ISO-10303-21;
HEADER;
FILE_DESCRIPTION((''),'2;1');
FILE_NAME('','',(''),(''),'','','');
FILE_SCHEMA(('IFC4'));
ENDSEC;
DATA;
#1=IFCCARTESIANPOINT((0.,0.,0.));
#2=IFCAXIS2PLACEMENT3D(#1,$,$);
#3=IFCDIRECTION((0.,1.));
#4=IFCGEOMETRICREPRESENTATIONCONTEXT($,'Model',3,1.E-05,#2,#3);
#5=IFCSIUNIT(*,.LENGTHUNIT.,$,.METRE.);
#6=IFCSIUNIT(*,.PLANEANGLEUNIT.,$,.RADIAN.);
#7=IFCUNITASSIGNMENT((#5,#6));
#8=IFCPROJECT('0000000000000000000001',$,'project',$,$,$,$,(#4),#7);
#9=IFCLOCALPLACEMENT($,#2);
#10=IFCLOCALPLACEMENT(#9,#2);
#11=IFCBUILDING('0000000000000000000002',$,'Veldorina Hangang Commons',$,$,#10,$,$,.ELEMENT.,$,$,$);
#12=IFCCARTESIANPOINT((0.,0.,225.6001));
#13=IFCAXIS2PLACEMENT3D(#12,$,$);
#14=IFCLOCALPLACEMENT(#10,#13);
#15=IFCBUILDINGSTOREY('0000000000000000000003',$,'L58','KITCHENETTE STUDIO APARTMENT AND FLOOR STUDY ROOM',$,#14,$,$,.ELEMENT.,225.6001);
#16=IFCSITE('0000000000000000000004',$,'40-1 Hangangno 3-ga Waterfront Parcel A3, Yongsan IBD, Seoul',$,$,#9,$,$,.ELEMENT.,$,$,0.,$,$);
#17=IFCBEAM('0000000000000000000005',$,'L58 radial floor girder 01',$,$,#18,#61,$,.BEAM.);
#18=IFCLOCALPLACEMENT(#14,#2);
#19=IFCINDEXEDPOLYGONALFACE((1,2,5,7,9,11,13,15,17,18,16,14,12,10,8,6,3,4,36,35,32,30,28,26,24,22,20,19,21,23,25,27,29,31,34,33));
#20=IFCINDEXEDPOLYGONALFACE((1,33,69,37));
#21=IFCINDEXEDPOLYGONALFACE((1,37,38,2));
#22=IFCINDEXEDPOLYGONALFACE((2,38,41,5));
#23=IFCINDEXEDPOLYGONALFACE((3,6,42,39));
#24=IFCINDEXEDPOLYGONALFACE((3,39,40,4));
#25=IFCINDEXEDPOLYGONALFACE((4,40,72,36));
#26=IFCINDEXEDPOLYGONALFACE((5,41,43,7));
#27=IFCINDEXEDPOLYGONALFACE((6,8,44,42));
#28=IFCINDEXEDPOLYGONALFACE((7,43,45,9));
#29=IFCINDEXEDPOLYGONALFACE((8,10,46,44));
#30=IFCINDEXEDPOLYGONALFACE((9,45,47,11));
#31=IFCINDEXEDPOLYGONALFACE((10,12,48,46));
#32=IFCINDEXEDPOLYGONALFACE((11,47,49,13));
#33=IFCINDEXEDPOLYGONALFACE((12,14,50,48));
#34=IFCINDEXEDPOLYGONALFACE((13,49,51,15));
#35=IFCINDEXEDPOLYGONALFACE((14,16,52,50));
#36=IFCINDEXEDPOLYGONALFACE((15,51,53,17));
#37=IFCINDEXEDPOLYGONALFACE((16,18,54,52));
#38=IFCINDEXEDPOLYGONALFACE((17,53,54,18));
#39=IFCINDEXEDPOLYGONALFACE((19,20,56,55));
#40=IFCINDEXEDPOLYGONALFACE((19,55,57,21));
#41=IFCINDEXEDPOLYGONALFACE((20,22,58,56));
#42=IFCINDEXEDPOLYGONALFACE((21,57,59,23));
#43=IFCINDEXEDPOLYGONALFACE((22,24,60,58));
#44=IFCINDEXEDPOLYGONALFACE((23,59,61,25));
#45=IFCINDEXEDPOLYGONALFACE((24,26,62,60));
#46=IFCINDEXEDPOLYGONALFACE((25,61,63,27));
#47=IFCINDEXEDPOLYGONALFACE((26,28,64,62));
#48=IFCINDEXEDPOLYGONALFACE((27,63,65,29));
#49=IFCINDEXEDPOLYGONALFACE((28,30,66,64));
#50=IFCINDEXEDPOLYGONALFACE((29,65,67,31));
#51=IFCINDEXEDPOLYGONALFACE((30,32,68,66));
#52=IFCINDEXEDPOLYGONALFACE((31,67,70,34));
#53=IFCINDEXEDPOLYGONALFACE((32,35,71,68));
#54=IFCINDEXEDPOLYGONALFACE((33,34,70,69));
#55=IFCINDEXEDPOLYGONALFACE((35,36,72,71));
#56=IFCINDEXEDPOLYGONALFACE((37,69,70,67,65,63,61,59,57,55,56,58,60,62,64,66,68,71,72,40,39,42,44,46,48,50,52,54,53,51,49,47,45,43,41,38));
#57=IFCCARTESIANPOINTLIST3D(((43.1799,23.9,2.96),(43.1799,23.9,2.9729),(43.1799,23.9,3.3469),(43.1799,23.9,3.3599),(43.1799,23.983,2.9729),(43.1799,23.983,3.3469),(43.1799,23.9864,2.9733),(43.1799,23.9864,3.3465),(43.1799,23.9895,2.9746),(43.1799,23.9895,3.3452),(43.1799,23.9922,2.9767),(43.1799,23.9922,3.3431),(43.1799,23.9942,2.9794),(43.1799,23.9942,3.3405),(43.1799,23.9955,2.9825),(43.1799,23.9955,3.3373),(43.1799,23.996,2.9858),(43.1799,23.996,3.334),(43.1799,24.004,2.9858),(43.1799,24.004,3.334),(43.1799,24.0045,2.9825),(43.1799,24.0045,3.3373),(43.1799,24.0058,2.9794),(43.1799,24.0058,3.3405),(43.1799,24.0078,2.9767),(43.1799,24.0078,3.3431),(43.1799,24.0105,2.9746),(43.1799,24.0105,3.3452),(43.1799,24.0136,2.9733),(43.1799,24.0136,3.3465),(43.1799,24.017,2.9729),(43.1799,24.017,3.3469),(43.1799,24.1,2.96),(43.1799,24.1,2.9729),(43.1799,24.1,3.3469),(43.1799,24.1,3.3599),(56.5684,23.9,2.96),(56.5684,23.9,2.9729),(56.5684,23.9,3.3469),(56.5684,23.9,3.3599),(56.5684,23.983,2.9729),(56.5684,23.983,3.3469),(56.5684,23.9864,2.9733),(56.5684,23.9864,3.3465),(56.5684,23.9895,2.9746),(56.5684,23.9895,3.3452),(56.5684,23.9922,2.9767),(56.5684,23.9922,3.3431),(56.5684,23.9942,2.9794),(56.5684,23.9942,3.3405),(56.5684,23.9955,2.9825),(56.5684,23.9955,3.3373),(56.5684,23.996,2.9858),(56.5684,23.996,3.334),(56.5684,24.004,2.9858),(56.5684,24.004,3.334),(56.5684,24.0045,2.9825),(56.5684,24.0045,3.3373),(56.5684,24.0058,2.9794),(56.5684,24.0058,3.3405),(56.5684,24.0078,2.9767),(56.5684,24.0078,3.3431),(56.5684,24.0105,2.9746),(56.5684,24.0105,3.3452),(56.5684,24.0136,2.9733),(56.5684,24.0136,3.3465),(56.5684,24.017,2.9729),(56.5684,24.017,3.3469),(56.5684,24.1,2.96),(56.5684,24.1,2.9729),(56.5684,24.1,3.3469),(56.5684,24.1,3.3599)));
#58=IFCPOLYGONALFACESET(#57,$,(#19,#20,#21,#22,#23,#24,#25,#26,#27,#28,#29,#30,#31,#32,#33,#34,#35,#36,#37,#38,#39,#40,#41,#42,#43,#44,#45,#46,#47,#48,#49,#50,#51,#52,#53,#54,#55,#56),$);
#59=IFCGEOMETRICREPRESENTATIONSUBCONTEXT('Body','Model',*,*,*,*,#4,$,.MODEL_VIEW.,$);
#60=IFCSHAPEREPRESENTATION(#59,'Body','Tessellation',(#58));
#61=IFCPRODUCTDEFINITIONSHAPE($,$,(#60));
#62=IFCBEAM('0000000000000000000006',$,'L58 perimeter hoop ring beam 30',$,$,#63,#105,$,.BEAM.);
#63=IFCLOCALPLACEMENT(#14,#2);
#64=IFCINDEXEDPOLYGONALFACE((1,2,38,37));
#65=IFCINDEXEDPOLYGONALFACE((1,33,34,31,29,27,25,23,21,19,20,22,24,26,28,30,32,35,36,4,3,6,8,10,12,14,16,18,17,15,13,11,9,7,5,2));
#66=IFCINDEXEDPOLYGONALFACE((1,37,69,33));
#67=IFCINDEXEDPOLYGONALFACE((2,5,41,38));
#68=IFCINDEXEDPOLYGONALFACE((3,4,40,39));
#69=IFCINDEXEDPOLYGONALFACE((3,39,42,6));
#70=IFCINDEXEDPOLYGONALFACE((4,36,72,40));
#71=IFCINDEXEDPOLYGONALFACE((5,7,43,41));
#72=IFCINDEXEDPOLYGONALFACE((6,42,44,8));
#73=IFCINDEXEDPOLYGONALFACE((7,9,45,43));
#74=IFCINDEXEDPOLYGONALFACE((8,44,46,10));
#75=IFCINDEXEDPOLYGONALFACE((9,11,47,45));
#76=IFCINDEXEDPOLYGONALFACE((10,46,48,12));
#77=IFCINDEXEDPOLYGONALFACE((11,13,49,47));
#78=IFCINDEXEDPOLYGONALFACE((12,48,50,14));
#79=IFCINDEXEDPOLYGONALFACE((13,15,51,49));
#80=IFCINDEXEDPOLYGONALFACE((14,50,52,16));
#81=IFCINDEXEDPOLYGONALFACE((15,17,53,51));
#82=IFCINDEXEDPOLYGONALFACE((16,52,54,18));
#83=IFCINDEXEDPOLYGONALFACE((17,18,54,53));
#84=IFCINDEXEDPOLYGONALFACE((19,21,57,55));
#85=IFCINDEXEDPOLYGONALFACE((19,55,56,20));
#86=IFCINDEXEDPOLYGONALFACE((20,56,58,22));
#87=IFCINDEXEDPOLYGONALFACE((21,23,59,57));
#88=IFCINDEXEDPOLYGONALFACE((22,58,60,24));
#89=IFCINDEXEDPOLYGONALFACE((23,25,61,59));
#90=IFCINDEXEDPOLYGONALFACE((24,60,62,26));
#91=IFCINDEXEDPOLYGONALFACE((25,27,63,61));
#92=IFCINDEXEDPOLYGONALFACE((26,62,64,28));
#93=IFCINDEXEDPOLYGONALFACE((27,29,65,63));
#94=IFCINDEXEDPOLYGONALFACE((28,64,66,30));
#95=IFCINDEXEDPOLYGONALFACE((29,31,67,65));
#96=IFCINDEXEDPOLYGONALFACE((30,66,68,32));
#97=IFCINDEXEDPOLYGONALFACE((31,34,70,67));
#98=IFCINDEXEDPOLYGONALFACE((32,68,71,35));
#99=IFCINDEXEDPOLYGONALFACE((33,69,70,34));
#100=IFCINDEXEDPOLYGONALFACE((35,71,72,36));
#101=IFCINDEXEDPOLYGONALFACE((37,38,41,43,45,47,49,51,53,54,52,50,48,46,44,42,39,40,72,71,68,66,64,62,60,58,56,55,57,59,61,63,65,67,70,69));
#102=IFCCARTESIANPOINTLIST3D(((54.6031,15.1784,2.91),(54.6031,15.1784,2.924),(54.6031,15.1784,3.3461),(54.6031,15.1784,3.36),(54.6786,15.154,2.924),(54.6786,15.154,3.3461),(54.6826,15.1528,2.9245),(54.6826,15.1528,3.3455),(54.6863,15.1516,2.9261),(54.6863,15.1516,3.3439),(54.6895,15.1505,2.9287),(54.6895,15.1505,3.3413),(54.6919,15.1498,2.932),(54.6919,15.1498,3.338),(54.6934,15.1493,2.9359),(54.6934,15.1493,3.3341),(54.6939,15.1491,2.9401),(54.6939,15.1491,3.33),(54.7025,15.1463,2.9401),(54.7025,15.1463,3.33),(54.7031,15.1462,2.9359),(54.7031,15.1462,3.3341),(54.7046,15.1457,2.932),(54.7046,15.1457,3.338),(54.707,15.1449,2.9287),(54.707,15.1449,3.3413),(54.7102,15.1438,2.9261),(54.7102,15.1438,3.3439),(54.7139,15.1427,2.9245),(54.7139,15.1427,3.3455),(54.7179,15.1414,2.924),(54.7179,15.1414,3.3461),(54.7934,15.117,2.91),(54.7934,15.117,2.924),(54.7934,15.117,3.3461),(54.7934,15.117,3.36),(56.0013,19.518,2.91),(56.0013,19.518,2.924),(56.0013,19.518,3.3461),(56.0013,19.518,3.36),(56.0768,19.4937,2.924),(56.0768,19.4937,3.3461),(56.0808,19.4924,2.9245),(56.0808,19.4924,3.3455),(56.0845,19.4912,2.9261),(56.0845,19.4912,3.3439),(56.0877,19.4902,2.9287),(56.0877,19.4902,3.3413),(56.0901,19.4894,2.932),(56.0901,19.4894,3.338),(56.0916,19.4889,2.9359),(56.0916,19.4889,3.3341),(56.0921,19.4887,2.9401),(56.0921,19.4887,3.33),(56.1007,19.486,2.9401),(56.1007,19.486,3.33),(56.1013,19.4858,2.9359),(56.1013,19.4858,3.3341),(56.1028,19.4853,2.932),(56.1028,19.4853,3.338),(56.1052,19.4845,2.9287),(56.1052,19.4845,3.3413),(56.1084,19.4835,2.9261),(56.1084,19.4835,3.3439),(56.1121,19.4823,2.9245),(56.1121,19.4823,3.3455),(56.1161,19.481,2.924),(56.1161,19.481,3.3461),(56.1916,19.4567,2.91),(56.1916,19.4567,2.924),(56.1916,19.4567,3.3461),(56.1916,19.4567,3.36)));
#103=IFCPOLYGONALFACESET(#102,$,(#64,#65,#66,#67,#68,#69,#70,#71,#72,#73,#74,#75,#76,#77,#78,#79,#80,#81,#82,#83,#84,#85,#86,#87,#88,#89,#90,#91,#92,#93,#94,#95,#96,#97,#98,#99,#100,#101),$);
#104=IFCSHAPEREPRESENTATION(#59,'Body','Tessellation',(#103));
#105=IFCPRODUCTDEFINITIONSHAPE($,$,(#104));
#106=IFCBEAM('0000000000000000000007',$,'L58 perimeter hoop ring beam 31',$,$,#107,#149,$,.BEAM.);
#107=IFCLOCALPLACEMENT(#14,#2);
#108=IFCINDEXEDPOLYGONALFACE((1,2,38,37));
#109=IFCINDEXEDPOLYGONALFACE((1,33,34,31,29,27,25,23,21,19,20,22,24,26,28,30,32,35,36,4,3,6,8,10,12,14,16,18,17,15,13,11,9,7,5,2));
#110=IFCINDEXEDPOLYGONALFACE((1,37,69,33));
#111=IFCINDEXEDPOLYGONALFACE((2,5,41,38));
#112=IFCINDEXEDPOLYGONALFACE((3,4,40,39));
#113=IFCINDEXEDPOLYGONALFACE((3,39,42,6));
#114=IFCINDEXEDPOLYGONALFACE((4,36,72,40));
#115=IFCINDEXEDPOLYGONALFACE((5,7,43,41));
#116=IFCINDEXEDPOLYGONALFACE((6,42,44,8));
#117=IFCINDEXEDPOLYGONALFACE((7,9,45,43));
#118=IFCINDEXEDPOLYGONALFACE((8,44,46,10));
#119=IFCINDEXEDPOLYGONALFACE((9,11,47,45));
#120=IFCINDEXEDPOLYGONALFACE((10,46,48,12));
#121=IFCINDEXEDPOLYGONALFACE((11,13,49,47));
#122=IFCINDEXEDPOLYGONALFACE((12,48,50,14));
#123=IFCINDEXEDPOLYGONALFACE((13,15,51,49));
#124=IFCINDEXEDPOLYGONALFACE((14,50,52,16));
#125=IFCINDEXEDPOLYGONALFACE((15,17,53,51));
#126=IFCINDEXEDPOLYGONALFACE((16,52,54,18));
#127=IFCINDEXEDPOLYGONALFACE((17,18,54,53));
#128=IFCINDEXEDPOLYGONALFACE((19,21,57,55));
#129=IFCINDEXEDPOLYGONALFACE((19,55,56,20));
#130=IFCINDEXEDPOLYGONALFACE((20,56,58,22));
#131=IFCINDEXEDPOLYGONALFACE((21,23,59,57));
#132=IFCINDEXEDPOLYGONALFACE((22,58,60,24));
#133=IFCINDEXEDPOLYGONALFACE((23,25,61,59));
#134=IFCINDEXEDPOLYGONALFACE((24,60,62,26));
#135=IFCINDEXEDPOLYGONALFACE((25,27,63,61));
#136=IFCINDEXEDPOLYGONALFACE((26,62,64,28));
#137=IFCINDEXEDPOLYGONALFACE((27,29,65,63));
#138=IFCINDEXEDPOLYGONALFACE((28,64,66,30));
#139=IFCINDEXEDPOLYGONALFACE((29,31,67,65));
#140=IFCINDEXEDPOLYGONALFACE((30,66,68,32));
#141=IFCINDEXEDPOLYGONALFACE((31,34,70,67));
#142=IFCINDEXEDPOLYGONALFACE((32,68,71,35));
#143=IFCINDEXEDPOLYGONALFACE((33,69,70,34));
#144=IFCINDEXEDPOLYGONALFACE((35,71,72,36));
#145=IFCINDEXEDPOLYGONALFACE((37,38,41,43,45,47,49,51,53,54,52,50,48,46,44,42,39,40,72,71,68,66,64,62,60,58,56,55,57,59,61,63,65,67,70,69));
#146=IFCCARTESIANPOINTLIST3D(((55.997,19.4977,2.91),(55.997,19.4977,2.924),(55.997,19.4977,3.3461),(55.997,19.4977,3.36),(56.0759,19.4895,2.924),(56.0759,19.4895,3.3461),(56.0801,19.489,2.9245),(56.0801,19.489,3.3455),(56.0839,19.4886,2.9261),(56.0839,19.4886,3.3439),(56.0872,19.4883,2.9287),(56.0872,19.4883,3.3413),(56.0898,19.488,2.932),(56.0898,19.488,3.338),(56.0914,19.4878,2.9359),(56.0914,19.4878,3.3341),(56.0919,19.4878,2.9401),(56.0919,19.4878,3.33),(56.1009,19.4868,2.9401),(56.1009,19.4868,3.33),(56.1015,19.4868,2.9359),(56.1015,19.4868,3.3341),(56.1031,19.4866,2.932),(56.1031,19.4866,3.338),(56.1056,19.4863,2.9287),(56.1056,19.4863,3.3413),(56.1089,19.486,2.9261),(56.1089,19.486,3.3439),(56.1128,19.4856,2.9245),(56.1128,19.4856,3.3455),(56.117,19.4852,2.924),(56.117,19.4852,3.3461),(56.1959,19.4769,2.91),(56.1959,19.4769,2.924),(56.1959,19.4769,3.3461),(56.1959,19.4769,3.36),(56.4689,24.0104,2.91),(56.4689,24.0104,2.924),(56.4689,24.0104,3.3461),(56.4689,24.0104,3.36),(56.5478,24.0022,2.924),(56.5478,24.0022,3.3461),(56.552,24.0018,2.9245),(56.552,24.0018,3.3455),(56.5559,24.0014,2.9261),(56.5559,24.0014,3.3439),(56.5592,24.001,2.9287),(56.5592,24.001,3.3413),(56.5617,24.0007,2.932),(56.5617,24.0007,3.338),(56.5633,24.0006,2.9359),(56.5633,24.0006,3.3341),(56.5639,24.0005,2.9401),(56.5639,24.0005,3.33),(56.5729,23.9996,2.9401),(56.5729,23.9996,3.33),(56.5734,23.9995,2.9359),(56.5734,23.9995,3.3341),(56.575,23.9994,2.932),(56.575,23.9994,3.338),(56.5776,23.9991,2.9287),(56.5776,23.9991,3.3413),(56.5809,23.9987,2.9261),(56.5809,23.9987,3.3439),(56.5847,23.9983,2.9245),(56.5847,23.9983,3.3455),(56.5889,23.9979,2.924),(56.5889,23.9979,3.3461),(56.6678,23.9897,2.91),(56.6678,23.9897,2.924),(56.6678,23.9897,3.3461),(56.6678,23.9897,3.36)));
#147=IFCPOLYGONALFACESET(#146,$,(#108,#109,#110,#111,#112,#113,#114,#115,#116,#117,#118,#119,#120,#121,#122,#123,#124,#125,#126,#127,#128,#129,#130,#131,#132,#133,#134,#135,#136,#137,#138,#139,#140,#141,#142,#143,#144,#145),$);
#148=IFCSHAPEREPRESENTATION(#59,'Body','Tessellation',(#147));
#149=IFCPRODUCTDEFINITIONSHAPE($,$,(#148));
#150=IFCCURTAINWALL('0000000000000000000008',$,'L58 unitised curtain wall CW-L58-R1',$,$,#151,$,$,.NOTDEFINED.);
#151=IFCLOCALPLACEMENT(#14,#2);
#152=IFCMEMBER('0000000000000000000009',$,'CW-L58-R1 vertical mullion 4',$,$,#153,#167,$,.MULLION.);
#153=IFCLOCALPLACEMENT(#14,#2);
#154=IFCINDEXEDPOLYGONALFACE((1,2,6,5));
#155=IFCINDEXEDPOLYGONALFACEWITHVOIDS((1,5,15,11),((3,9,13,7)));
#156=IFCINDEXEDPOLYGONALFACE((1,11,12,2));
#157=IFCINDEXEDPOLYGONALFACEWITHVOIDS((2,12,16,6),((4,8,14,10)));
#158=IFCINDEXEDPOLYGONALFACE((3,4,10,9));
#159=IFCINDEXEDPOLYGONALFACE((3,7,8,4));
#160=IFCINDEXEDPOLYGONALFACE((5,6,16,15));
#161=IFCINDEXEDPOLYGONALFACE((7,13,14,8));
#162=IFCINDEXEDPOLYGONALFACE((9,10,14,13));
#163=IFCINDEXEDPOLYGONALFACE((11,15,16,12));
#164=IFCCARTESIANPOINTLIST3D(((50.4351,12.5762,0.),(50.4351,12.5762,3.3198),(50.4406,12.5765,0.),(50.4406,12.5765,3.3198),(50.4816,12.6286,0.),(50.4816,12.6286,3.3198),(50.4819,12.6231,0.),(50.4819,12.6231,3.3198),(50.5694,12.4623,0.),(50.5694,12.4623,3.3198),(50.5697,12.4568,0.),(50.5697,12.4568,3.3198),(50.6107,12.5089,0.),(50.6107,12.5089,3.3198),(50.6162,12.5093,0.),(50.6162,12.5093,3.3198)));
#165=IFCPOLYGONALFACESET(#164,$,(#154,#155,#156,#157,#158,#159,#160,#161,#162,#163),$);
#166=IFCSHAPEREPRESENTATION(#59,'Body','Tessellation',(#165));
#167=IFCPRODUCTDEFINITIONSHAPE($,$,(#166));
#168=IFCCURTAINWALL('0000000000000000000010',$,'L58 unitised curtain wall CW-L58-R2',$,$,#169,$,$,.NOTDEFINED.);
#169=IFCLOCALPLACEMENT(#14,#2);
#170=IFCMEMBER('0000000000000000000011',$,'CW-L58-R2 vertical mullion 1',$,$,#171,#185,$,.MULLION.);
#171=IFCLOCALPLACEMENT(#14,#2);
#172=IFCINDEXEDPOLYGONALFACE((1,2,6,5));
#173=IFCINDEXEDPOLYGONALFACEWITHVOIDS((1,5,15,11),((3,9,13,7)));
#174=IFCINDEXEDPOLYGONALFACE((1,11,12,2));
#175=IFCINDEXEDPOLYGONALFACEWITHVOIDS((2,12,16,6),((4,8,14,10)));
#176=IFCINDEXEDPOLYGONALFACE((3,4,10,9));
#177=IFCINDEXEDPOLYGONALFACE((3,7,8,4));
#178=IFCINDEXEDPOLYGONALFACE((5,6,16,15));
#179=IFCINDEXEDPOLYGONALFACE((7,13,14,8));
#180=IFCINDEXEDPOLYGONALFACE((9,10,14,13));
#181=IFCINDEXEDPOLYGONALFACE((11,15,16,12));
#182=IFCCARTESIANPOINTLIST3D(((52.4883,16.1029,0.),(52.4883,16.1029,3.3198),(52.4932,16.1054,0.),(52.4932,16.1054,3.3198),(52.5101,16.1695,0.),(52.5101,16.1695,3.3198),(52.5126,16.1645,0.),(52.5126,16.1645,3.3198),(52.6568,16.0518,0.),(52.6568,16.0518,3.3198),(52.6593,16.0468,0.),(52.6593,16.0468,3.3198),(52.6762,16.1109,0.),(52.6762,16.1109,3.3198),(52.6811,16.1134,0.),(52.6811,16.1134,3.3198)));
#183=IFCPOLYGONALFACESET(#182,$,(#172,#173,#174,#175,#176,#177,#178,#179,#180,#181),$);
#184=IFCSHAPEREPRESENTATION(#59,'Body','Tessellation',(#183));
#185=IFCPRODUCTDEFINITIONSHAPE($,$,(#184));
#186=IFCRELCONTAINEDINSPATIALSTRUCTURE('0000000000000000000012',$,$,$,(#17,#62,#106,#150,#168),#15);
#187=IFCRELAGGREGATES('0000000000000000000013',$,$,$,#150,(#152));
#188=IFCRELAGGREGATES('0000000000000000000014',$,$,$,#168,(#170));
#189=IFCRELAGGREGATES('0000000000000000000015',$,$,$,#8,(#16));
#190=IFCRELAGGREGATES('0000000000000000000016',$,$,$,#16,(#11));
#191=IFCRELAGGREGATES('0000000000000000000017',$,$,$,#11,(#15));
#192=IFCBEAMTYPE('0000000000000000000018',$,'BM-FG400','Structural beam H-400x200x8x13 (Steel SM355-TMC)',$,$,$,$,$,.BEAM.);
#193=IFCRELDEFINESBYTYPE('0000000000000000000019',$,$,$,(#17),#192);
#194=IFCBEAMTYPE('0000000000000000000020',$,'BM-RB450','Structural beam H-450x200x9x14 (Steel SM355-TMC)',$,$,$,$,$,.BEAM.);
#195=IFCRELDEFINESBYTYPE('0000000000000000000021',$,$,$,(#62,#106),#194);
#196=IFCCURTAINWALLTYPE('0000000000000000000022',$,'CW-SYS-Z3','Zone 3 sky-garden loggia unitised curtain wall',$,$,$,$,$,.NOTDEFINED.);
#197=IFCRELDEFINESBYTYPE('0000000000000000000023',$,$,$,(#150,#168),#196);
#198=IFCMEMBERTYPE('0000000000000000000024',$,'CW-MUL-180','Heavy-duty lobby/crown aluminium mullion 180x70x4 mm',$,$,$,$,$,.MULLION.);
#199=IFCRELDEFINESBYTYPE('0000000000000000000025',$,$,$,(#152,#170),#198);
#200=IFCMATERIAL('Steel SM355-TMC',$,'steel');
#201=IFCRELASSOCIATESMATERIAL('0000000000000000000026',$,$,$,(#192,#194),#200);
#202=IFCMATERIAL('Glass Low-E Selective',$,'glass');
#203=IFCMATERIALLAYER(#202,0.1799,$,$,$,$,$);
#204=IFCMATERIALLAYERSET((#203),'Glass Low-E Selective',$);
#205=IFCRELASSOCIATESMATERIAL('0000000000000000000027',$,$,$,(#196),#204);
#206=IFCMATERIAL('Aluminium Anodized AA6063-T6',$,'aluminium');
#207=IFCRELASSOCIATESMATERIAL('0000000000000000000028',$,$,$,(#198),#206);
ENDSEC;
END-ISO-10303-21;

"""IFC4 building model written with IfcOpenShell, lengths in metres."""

from ifc_helpers import new_model, si_unit, direction, frame, origin, origin_2d, place, context, subcontext, project, spatial, hollow_rectangle, i_section, extrude, material, layer, layer_set, material_profile, profile_set, type_object, element, aggregate, save


model = new_model("IFC4")

# Units and contexts
model_context = context("Model", 3, precision=1e-05, world=origin(), true_north=direction((0.0, 1.0)))
body_context = subcontext(model_context, "Body", "Model", "MODEL_VIEW")
ifc_project = project(units=[si_unit("LENGTHUNIT", "METRE"), si_unit("PLANEANGLEUNIT", "RADIAN")], contexts=[model_context])

# Site, building, storey
site_placement = place(None, origin())
site = spatial("IfcSite", under=ifc_project, at=site_placement, Name="40-1 Hangangno 3-ga Waterfront Parcel A3, Yongsan IBD, Seoul", CompositionType="ELEMENT", RefElevation=0.0)
building_placement = place(site_placement, origin())
building = spatial("IfcBuilding", under=site, at=building_placement, Name="Veldorina Hangang Commons", CompositionType="ELEMENT")
storey_placement = place(building_placement, frame((0.0, 0.0, 225.6001)))
storey = spatial("IfcBuildingStorey", under=building, at=storey_placement, Name="L58", Description="KITCHENETTE STUDIO APARTMENT AND FLOOR STUDY ROOM", CompositionType="ELEMENT", Elevation=225.6001)

# Beams
ifc_material_1 = material(Name="Steel SM355-TMC", Category="steel")
ifc_material_profile_1 = material_profile(ifc_material_1, i_section(OverallWidth=0.2, OverallDepth=0.3999, WebThickness=0.0081, FlangeThickness=0.0129, FilletRadius=0.0129, at=origin_2d()), Name="H-400x200x8x13")
ifc_profile_set_1 = profile_set([ifc_material_profile_1], Name="Steel SM355-TMC")
beam_type_1 = type_object("IfcBeamType", Name="BM-FG400", Description="Structural beam H-400x200x8x13 (Steel SM355-TMC)", PredefinedType="BEAM", material=ifc_profile_set_1)
beam_1_placement = place(storey_placement, frame((43.1799, 24.0, 3.1599), z_axis=(1.0, 0.0, 0.0), x_axis=(0.0, 1.0, 0.0)))
element("IfcBeam", 1, at=beam_1_placement, inside=storey, type_object=beam_type_1, Name="L58 radial floor girder 01", PredefinedType="BEAM", context=body_context, shape_type="SweptSolid", body=[
    extrude(i_section(OverallWidth=0.2, OverallDepth=0.3999, WebThickness=0.0081, FlangeThickness=0.0129, FilletRadius=0.0129, at=origin_2d()), origin(), (0.0, 0.0, 1.0), 13.3884),
])
ifc_material_profile_2 = material_profile(ifc_material_1, i_section(OverallWidth=0.2, OverallDepth=0.45, WebThickness=0.009, FlangeThickness=0.0139, FilletRadius=0.0161, at=origin_2d()), Name="H-450x200x9x14")
ifc_profile_set_2 = profile_set([ifc_material_profile_2], Name="Steel SM355-TMC")
beam_type_2 = type_object("IfcBeamType", Name="BM-RB450", Description="Structural beam H-450x200x9x14 (Steel SM355-TMC)", PredefinedType="BEAM", material=ifc_profile_set_2)
beam_2_placement = place(storey_placement, frame((54.6982, 15.1477, 3.135), z_axis=(0.30667, 0.951816, 0.0), x_axis=(-0.951816, 0.30667, 0.0)))
element("IfcBeam", 2, at=beam_2_placement, inside=storey, type_object=beam_type_2, Name="L58 perimeter hoop ring beam 30", PredefinedType="BEAM", context=body_context, shape_type="SweptSolid", body=[
    extrude(i_section(OverallWidth=0.2, OverallDepth=0.45, WebThickness=0.009, FlangeThickness=0.0139, FilletRadius=0.0161, at=origin_2d()), origin(), (0.0, 0.0, 1.0), 4.5593),
])
beam_3_placement = place(storey_placement, frame((56.0964, 19.4873, 3.135), z_axis=(0.10401, 0.994576, 0.0), x_axis=(-0.994576, 0.10401, 0.0)))
element("IfcBeam", 3, at=beam_3_placement, inside=storey, type_object=beam_type_2, Name="L58 perimeter hoop ring beam 31", PredefinedType="BEAM", context=body_context, shape_type="SweptSolid", body=[
    extrude(i_section(OverallWidth=0.2, OverallDepth=0.45, WebThickness=0.009, FlangeThickness=0.0139, FilletRadius=0.0161, at=origin_2d()), origin(), (0.0, 0.0, 1.0), 4.5374),
])

# Curtain wall, member
ifc_material_2 = material(Name="Glass Low-E Selective", Category="glass")
ifc_layer_1 = layer(ifc_material_2, 0.1799)
ifc_layer_set_1 = layer_set([ifc_layer_1], Name="Glass Low-E Selective")
curtain_wall_type = type_object("IfcCurtainWallType", Name="CW-SYS-Z3", Description="Zone 3 sky-garden loggia unitised curtain wall", PredefinedType="NOTDEFINED", material=ifc_layer_set_1)
curtain_wall_1_placement = place(storey_placement, origin())
curtain_wall_1 = element("IfcCurtainWall", 4, at=curtain_wall_1_placement, inside=storey, type_object=curtain_wall_type, Name="L58 unitised curtain wall CW-L58-R1", PredefinedType="NOTDEFINED")
ifc_material_3 = material(Name="Aluminium Anodized AA6063-T6", Category="aluminium")
ifc_material_profile_3 = material_profile(ifc_material_3, hollow_rectangle(XDim=0.0701, YDim=0.1799, WallThickness=0.0039, at=origin_2d()), Name="ALU-RHS-180x70x4")
ifc_profile_set_3 = profile_set([ifc_material_profile_3], Name="Aluminium Anodized AA6063-T6")
member_type_1 = type_object("IfcMemberType", Name="CW-MUL-180", Description="Heavy-duty lobby/crown aluminium mullion 180x70x4 mm", PredefinedType="MULLION", material=ifc_profile_set_3)
member_1_placement = place(storey_placement, frame((50.5256, 12.5427, 0.0), z_axis=(0.0, 0.0, 1.0), x_axis=(-0.66343, -0.748238, 0.0)))
member_1 = element("IfcMember", 5, at=member_1_placement, type_object=member_type_1, Name="CW-L58-R1 vertical mullion 4", PredefinedType="MULLION", context=body_context, shape_type="SweptSolid", body=[
    extrude(hollow_rectangle(XDim=0.0701, YDim=0.1799, WallThickness=0.0039, at=origin_2d()), origin(), (0.0, 0.0, 1.0), 3.3198),
])
aggregate(curtain_wall_1, [member_1])

# Curtain wall, member
curtain_wall_2_placement = place(storey_placement, origin())
curtain_wall_2 = element("IfcCurtainWall", 6, at=curtain_wall_2_placement, inside=storey, type_object=curtain_wall_type, Name="L58 unitised curtain wall CW-L58-R2", PredefinedType="NOTDEFINED")
member_2_placement = place(storey_placement, frame((52.5847, 16.1082, 0.0), z_axis=(0.0, 0.0, 1.0), x_axis=(0.311439, 0.950266, 0.0)))
member_2 = element("IfcMember", 7, at=member_2_placement, type_object=member_type_1, Name="CW-L58-R2 vertical mullion 1", PredefinedType="MULLION", context=body_context, shape_type="SweptSolid", body=[
    extrude(hollow_rectangle(XDim=0.0701, YDim=0.1799, WallThickness=0.0039, at=origin_2d()), origin(), (0.0, 0.0, 1.0), 3.3198),
])

aggregate(curtain_wall_2, [member_2])

save(model, "model.ifc")
